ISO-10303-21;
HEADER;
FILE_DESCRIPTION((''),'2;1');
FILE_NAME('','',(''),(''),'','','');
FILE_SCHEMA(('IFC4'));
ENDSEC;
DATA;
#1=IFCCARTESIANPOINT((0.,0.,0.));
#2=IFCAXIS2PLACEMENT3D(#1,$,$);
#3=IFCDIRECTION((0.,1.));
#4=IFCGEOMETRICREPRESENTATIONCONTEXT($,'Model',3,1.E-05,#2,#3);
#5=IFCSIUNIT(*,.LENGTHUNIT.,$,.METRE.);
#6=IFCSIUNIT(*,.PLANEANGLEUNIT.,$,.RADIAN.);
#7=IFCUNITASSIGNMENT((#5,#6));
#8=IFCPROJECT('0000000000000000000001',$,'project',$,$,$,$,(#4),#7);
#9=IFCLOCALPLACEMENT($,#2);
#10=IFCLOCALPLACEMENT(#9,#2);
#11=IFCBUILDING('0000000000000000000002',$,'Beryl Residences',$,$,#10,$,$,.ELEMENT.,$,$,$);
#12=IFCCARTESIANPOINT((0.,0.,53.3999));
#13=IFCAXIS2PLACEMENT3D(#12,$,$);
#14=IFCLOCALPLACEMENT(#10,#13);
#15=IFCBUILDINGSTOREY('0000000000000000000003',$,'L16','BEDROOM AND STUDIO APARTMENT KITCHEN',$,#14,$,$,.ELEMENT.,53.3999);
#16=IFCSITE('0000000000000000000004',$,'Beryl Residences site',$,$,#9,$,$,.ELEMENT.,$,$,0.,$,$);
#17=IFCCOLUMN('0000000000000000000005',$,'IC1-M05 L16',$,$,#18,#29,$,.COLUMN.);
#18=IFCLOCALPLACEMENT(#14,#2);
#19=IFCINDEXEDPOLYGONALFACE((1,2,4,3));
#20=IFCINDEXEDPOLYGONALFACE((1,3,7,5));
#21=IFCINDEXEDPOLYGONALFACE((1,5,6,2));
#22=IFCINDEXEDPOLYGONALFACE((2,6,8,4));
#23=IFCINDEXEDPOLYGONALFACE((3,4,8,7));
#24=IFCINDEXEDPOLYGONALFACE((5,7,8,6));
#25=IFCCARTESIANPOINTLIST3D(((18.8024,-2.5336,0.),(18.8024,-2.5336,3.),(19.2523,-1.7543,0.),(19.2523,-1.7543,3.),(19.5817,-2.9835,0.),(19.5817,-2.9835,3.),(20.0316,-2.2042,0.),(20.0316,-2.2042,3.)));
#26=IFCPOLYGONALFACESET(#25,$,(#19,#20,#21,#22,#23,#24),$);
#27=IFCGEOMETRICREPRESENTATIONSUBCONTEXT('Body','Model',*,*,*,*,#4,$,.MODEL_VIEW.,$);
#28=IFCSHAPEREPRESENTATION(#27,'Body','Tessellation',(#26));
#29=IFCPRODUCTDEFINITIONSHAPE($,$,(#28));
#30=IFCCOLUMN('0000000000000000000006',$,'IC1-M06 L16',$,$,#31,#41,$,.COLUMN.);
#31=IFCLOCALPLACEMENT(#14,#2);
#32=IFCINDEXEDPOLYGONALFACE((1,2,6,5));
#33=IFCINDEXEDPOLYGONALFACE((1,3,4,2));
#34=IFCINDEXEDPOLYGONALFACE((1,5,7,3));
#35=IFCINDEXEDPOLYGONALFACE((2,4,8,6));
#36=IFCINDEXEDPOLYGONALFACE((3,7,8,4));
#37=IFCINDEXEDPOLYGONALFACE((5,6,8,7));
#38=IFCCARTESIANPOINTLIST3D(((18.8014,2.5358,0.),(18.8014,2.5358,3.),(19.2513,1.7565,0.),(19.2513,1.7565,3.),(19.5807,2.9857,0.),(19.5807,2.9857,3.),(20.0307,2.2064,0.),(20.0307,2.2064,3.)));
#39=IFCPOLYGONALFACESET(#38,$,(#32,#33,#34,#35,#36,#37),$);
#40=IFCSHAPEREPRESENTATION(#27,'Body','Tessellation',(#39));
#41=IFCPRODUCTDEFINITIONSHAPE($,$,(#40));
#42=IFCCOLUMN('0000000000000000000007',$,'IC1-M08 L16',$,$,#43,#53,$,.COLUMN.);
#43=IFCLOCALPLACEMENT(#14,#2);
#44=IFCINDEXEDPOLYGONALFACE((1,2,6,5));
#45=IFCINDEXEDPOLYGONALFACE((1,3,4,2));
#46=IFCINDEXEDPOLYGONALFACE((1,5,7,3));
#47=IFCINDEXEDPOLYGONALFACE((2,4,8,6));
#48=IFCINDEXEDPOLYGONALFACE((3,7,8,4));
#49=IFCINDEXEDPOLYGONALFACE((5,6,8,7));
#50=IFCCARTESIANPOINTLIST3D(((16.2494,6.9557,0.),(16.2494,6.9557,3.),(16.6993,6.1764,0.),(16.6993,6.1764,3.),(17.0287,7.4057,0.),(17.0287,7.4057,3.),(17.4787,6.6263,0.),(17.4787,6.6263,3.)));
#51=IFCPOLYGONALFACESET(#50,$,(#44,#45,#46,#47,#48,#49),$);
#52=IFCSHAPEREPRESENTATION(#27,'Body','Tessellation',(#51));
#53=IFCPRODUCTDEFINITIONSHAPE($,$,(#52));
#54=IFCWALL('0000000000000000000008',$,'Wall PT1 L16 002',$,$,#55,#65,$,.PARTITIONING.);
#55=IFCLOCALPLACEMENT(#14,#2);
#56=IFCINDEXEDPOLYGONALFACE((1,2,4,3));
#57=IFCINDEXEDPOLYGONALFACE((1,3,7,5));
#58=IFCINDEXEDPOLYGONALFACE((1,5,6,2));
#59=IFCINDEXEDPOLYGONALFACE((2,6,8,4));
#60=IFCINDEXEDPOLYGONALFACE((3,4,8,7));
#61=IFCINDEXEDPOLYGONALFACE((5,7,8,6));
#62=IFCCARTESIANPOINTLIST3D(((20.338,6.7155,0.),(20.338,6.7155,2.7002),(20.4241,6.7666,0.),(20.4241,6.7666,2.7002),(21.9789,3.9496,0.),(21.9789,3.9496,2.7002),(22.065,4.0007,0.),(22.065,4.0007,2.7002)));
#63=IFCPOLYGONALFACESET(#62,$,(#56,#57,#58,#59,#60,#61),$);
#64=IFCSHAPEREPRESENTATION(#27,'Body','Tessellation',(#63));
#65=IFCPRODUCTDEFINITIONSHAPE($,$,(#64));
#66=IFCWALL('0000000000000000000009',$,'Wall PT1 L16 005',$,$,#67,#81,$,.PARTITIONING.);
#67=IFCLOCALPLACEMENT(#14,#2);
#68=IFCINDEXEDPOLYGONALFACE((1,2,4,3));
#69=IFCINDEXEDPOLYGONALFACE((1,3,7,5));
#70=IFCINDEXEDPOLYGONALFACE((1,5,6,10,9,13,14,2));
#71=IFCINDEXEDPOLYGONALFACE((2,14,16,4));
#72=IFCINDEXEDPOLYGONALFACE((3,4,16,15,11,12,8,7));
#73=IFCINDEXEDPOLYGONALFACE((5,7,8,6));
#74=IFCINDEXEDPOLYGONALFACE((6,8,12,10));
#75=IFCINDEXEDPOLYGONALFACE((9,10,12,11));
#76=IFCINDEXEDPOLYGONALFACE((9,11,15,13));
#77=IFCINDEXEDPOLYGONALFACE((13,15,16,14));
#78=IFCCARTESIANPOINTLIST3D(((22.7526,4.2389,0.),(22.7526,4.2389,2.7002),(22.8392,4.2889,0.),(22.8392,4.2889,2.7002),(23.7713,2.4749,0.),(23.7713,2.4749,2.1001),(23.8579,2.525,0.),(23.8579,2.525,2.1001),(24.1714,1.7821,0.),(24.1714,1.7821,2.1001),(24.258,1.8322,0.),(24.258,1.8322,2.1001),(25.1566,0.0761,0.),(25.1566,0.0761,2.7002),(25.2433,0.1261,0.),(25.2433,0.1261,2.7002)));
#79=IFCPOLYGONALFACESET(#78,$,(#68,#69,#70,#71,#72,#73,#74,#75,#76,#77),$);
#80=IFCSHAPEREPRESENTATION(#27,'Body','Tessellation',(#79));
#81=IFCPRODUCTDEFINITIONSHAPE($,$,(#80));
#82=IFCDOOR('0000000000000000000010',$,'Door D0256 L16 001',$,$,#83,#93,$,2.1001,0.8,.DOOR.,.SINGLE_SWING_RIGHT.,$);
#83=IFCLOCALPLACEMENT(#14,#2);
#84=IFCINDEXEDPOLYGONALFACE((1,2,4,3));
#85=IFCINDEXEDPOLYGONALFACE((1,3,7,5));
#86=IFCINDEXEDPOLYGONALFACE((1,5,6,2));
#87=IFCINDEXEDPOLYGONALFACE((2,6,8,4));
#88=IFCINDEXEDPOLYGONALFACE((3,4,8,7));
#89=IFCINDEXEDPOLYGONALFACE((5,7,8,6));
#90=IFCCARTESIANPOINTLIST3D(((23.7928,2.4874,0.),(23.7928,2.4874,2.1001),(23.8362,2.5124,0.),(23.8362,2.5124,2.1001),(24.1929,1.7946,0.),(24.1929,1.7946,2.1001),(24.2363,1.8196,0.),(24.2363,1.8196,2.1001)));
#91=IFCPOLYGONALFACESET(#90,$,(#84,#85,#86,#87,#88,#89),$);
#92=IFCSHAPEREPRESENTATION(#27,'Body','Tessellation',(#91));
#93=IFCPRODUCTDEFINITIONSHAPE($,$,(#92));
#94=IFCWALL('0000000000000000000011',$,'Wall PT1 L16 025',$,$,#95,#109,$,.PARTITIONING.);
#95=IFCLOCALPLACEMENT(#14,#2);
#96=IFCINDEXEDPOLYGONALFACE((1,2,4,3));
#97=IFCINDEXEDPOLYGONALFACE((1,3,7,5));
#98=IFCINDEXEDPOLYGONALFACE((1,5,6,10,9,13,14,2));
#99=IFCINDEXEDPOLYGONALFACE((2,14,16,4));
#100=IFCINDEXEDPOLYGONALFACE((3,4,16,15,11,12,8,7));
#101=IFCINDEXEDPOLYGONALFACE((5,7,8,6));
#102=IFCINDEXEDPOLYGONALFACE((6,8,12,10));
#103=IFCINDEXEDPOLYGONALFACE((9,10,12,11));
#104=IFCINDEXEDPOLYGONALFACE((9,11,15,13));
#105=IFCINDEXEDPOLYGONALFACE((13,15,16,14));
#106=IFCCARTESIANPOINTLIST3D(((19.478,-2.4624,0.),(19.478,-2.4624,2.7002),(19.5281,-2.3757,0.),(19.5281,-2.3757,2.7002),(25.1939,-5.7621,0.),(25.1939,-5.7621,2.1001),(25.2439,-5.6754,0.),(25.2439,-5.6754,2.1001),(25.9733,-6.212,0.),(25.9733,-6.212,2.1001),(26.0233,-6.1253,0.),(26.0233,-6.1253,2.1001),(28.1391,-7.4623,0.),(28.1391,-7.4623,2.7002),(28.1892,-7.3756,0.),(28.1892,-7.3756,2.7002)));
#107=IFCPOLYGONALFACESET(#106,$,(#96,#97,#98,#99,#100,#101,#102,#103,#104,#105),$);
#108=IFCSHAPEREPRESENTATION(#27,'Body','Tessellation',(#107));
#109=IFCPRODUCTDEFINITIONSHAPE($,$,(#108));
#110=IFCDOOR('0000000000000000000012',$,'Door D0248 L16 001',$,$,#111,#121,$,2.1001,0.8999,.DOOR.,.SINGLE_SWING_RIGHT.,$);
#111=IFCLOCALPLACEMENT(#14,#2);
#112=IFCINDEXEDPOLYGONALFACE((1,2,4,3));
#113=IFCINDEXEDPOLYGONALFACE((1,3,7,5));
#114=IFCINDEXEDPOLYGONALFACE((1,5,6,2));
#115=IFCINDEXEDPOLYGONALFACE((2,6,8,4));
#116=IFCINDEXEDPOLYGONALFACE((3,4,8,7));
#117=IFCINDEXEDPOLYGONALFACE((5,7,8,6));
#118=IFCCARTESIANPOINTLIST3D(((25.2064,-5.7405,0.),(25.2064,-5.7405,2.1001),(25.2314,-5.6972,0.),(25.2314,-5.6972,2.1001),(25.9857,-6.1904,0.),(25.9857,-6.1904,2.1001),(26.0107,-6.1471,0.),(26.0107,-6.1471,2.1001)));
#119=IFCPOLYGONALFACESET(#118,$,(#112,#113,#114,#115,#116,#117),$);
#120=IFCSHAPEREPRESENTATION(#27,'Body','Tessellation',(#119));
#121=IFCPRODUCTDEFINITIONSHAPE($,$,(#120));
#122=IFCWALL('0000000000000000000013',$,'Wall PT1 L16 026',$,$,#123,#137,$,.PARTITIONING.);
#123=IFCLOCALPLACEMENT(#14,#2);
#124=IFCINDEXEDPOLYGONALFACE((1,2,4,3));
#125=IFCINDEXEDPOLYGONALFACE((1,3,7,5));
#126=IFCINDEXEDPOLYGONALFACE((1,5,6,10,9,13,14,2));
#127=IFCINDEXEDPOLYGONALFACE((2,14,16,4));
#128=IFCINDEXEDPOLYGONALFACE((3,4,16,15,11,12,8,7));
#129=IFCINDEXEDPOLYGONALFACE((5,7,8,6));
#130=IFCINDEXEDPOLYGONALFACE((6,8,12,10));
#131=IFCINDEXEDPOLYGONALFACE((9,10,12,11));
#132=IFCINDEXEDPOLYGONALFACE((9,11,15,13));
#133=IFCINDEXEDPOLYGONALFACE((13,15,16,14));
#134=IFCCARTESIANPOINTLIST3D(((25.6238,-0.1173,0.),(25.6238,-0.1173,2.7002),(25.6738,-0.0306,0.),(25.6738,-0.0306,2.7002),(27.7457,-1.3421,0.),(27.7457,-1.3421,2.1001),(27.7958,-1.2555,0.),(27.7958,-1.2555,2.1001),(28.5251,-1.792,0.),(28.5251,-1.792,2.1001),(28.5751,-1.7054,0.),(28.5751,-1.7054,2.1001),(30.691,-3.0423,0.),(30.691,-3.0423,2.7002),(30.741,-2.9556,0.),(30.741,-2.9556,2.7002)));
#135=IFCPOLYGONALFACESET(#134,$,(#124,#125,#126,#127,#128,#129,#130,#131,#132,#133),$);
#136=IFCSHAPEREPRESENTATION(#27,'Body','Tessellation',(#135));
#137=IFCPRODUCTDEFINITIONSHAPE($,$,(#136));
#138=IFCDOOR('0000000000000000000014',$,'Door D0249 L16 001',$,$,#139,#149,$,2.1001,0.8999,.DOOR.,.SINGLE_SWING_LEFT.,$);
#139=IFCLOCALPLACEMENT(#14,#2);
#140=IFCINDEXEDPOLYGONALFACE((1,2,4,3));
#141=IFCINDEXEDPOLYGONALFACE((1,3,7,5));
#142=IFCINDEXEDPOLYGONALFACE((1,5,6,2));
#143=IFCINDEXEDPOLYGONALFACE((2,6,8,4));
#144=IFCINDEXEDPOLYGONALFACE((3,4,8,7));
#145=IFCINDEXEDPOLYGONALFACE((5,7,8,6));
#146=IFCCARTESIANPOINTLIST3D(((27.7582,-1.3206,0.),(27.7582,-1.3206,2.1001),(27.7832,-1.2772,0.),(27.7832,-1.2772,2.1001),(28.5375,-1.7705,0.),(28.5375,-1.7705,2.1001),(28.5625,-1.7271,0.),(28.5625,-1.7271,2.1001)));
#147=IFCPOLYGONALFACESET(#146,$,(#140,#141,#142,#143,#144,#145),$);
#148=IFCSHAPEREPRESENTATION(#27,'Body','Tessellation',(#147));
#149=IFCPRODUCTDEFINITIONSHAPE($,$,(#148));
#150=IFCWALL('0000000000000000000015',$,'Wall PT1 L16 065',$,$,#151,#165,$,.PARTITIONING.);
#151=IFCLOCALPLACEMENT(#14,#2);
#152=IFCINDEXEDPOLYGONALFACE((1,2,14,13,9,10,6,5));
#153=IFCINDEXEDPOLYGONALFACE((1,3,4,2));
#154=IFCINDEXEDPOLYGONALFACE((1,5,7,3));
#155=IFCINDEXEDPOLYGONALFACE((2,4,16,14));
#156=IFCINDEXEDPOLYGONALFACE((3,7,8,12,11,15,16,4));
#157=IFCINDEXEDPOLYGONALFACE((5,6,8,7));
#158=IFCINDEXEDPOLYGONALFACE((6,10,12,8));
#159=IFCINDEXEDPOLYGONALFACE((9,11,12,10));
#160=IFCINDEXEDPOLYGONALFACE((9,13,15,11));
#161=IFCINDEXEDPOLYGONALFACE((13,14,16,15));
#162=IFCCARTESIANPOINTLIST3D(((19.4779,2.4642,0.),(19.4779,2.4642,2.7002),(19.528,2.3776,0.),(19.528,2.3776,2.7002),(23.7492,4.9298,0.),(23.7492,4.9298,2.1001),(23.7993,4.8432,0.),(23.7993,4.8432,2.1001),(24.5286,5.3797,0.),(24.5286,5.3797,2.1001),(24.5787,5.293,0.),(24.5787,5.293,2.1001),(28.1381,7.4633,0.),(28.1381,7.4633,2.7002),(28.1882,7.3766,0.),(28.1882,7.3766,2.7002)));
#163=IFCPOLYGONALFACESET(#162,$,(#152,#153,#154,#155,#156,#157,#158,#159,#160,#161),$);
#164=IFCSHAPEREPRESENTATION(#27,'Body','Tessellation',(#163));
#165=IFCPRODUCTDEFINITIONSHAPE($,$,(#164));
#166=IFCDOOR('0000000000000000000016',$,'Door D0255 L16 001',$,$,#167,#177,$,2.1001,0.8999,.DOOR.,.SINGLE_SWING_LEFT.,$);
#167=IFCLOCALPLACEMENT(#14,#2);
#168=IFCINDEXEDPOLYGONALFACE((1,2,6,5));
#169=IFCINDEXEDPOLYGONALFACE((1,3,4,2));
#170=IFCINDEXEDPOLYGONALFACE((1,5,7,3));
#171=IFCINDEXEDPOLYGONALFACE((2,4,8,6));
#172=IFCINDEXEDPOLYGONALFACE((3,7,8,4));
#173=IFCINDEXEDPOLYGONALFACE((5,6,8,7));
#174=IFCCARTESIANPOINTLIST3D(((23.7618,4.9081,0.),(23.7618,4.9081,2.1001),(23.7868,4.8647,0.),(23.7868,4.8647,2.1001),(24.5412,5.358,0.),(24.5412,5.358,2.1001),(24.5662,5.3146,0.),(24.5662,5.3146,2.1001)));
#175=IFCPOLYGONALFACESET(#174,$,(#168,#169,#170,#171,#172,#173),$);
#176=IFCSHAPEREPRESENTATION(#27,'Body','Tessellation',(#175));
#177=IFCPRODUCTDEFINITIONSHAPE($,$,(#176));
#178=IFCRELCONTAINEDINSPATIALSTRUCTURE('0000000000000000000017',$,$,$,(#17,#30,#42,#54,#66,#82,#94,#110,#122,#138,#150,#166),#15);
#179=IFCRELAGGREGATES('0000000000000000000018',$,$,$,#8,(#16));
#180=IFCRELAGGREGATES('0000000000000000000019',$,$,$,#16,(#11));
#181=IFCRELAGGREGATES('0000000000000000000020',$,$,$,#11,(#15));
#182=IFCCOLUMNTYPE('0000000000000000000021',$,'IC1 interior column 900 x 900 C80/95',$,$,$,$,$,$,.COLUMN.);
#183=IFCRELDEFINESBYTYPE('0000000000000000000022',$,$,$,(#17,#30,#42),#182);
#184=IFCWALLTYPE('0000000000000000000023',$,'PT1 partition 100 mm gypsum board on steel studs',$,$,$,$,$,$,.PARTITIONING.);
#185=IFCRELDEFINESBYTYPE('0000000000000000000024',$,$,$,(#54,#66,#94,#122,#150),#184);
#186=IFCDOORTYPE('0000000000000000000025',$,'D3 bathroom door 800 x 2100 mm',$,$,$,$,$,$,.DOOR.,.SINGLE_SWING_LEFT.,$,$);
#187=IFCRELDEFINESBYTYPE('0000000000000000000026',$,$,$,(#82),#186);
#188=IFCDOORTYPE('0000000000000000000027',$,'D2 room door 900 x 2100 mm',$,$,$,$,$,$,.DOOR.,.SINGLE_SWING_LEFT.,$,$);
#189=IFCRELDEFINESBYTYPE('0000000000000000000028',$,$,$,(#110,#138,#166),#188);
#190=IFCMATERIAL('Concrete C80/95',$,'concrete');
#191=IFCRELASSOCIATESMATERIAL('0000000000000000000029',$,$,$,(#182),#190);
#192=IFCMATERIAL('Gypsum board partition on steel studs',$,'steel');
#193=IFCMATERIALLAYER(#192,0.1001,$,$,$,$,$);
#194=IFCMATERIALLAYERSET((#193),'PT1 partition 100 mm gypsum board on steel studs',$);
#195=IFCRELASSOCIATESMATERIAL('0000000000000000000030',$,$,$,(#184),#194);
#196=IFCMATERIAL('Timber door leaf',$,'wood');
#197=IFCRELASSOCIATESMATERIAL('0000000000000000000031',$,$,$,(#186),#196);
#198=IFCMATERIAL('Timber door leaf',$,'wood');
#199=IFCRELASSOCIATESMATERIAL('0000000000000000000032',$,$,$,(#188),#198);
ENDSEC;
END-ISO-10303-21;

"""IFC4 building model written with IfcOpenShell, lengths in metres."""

from ifc_helpers import new_model, si_unit, direction, frame, frame_2d, origin, origin_2d, place, context, subcontext, project, spatial, rectangle, extrude, material, layer, layer_set, material_profile, profile_set, type_object, element, fill, save


model = new_model("IFC4")

# Units and contexts
model_context = context("Model", 3, precision=1e-05, world=origin(), true_north=direction((0.0, 1.0)))
body_context = subcontext(model_context, "Body", "Model", "MODEL_VIEW")
ifc_project = project(units=[si_unit("LENGTHUNIT", "METRE"), si_unit("PLANEANGLEUNIT", "RADIAN")], contexts=[model_context])

# Site, building, storey
site_placement = place(None, origin())
site = spatial("IfcSite", under=ifc_project, at=site_placement, Name="Beryl Residences site", CompositionType="ELEMENT", RefElevation=0.0)
building_placement = place(site_placement, origin())
building = spatial("IfcBuilding", under=site, at=building_placement, Name="Beryl Residences", CompositionType="ELEMENT")
storey_placement = place(building_placement, frame((0.0, 0.0, 53.3999)))
storey = spatial("IfcBuildingStorey", under=building, at=storey_placement, Name="L16", Description="BEDROOM AND STUDIO APARTMENT KITCHEN", CompositionType="ELEMENT", Elevation=53.3999)

# Columns
ifc_material_1 = material(Name="Concrete C80/95", Category="concrete")
ifc_material_profile = material_profile(ifc_material_1, rectangle(XDim=0.8999, YDim=0.8999, at=origin_2d()))
ifc_profile_set = profile_set([ifc_material_profile], Name="Concrete C80/95")
column_type = type_object("IfcColumnType", Name="IC1 interior column 900 x 900 C80/95", PredefinedType="COLUMN", material=ifc_profile_set)
for number, where, z_axis, x_axis, name in (
    (1, (19.417, -2.3689, 0.0), (0.0, 0.0, 1.0), (0.499985, 0.866034, 0.0), "IC1-M05 L16"),
    (2, (19.416, 2.3711, 0.0), (0.0, 0.0, 1.0), (-0.499985, 0.866034, 0.0), "IC1-M06 L16"),
    (3, (16.864, 6.791, 0.0), (0.0, 0.0, 1.0), (-0.499985, 0.866034, 0.0), "IC1-M08 L16"),
):
    element("IfcColumn", number, at=place(storey_placement, frame(where, z_axis=z_axis, x_axis=x_axis)), inside=storey, type_object=column_type, Name=name, PredefinedType="COLUMN", context=body_context, shape_type="SweptSolid", body=[
        extrude(rectangle(XDim=0.8999, YDim=0.8999, at=origin_2d()), origin(), (0.0, 0.0, 1.0), 3.0),
    ])

# Wall
ifc_material_2 = material(Name="Gypsum board partition on steel studs", Category="steel")
ifc_layer_1 = layer(ifc_material_2, 0.1001)
ifc_layer_set_1 = layer_set([ifc_layer_1], Name="PT1 partition 100 mm gypsum board on steel studs")
wall_type_1 = type_object("IfcWallType", Name="PT1 partition 100 mm gypsum board on steel studs", PredefinedType="PARTITIONING", material=ifc_layer_set_1)
wall_1_placement = place(storey_placement, frame((20.3811, 6.741, 0.0), z_axis=(0.0, 0.0, 1.0), x_axis=(0.510225, -0.860041, 0.0)))
element("IfcWall", 4, at=wall_1_placement, inside=storey, type_object=wall_type_1, Name="Wall PT1 L16 002", PredefinedType="PARTITIONING", context=body_context, shape_type="SweptSolid", body=[
    extrude(rectangle(XDim=3.2161, YDim=0.1001, at=frame_2d((1.6079, 0.0))), origin(), (0.0, 0.0, 1.0), 2.7002),
])

# Walls, openings, doors
wall_2_placement = place(storey_placement, frame((22.7959, 4.2639, 0.0), z_axis=(0.0, 0.0, 1.0), x_axis=(0.500099, -0.865968, 0.0)))
wall_2 = element("IfcWall", 5, at=wall_2_placement, inside=storey, type_object=wall_type_1, Name="Wall PT1 L16 005", PredefinedType="PARTITIONING", context=body_context, shape_type="SweptSolid", body=[
    extrude(rectangle(XDim=4.8071, YDim=0.1001, at=frame_2d((2.4036, 0.0))), origin(), (0.0, 0.0, 1.0), 2.7002),
])
opening_1_placement = place(wall_2_placement, frame((2.0371, 0.0, 0.0)))
opening_1 = element("IfcOpeningElement", 6, at=opening_1_placement, cuts=wall_2, PredefinedType="OPENING", context=body_context, shape_type="SweptSolid", body=[
    extrude(rectangle(XDim=0.8, YDim=2.1001, at=frame_2d((0.3999, 1.05))), frame((0.0, 0.0601, 0.0), z_axis=(0.0, -1.0, 0.0), x_axis=(1.0, 0.0, 0.0)), (0.0, 0.0, 1.0), 0.1201),
])
ifc_material_3 = material(Name="Timber door leaf", Category="wood")
door_type_1 = type_object("IfcDoorType", Name="D3 bathroom door 800 x 2100 mm", OperationType="SINGLE_SWING_LEFT", PredefinedType="DOOR", material=ifc_material_3)
door_1_placement = place(opening_1_placement, origin())
door_1 = element("IfcDoor", 7, at=door_1_placement, inside=storey, type_object=door_type_1, Name="Door D0256 L16 001", OperationType="SINGLE_SWING_RIGHT", OverallHeight=2.1001, OverallWidth=0.8, PredefinedType="DOOR", context=body_context, shape_type="SweptSolid", body=[
    extrude(rectangle(XDim=0.8, YDim=2.1001, at=frame_2d((0.3999, 1.05))), frame((0.0, 0.0249, 0.0), z_axis=(0.0, -1.0, 0.0), x_axis=(1.0, 0.0, 0.0)), (0.0, 0.0, 1.0), 0.05),
])
fill(opening_1, door_1)
wall_3_placement = place(storey_placement, frame((19.5029, -2.4189, 0.0), z_axis=(0.0, 0.0, 1.0), x_axis=(0.866047, -0.499962, 0.0)))
wall_3 = element("IfcWall", 8, at=wall_3_placement, inside=storey, type_object=wall_type_1, Name="Wall PT1 L16 025", PredefinedType="PARTITIONING", context=body_context, shape_type="SweptSolid", body=[
    extrude(rectangle(XDim=10.0007, YDim=0.1001, at=frame_2d((5.0005, 0.0))), origin(), (0.0, 0.0, 1.0), 2.7002),
])
opening_2_placement = place(wall_3_placement, frame((6.6001, 0.0, 0.0)))
opening_2 = element("IfcOpeningElement", 9, at=opening_2_placement, cuts=wall_3, PredefinedType="OPENING", context=body_context, shape_type="SweptSolid", body=[
    extrude(rectangle(XDim=0.8999, YDim=2.1001, at=frame_2d((0.45, 1.05))), frame((0.0, 0.0601, 0.0), z_axis=(0.0, -1.0, 0.0), x_axis=(1.0, 0.0, 0.0)), (0.0, 0.0, 1.0), 0.1201),
])
ifc_material_4 = material(Name="Timber door leaf", Category="wood")
door_type_2 = type_object("IfcDoorType", Name="D2 room door 900 x 2100 mm", OperationType="SINGLE_SWING_LEFT", PredefinedType="DOOR", material=ifc_material_4)
door_2_placement = place(opening_2_placement, origin())
door_2 = element("IfcDoor", 10, at=door_2_placement, inside=storey, type_object=door_type_2, Name="Door D0248 L16 001", OperationType="SINGLE_SWING_RIGHT", OverallHeight=2.1001, OverallWidth=0.8999, PredefinedType="DOOR", context=body_context, shape_type="SweptSolid", body=[
    extrude(rectangle(XDim=0.8999, YDim=2.1001, at=frame_2d((0.45, 1.05))), frame((0.0, 0.0249, 0.0), z_axis=(0.0, -1.0, 0.0), x_axis=(1.0, 0.0, 0.0)), (0.0, 0.0, 1.0), 0.05),
])
fill(opening_2, door_2)
wall_4_placement = place(storey_placement, frame((25.6489, -0.074, 0.0), z_axis=(0.0, 0.0, 1.0), x_axis=(0.86606, -0.49994, 0.0)))
wall_4 = element("IfcWall", 11, at=wall_4_placement, inside=storey, type_object=wall_type_1, Name="Wall PT1 L16 026", PredefinedType="PARTITIONING", context=body_context, shape_type="SweptSolid", body=[
    extrude(rectangle(XDim=5.8508, YDim=0.1001, at=frame_2d((2.9253, 0.0))), origin(), (0.0, 0.0, 1.0), 2.7002),
])
opening_3_placement = place(wall_4_placement, frame((2.45, 0.0, 0.0)))
opening_3 = element("IfcOpeningElement", 12, at=opening_3_placement, cuts=wall_4, PredefinedType="OPENING", context=body_context, shape_type="SweptSolid", body=[
    extrude(rectangle(XDim=0.8999, YDim=2.1001, at=frame_2d((0.45, 1.05))), frame((0.0, 0.0601, 0.0), z_axis=(0.0, -1.0, 0.0), x_axis=(1.0, 0.0, 0.0)), (0.0, 0.0, 1.0), 0.1201),
])
door_3_placement = place(opening_3_placement, origin())
door_3 = element("IfcDoor", 13, at=door_3_placement, inside=storey, type_object=door_type_2, Name="Door D0249 L16 001", OperationType="SINGLE_SWING_LEFT", OverallHeight=2.1001, OverallWidth=0.8999, PredefinedType="DOOR", context=body_context, shape_type="SweptSolid", body=[
    extrude(rectangle(XDim=0.8999, YDim=2.1001, at=frame_2d((0.45, 1.05))), frame((0.0, 0.0249, 0.0), z_axis=(0.0, -1.0, 0.0), x_axis=(1.0, 0.0, 0.0)), (0.0, 0.0, 1.0), 0.05),
])
fill(opening_3, door_3)
wall_5_placement = place(storey_placement, frame((19.5029, 2.4209, 0.0), z_axis=(0.0, 0.0, 1.0), x_axis=(0.866065, 0.499931, 0.0)))
wall_5 = element("IfcWall", 14, at=wall_5_placement, inside=storey, type_object=wall_type_1, Name="Wall PT1 L16 065", PredefinedType="PARTITIONING", context=body_context, shape_type="SweptSolid", body=[
    extrude(rectangle(XDim=9.9995, YDim=0.1001, at=frame_2d((4.9998, 0.0))), origin(), (0.0, 0.0, 1.0), 2.7002),
])
opening_4_placement = place(wall_5_placement, frame((4.9319, 0.0, 0.0)))
opening_4 = element("IfcOpeningElement", 15, at=opening_4_placement, cuts=wall_5, PredefinedType="OPENING", context=body_context, shape_type="SweptSolid", body=[
    extrude(rectangle(XDim=0.8999, YDim=2.1001, at=frame_2d((0.45, 1.05))), frame((0.0, 0.0601, 0.0), z_axis=(0.0, -1.0, 0.0), x_axis=(1.0, 0.0, 0.0)), (0.0, 0.0, 1.0), 0.1201),
])
door_4_placement = place(opening_4_placement, origin())
door_4 = element("IfcDoor", 16, at=door_4_placement, inside=storey, type_object=door_type_2, Name="Door D0255 L16 001", OperationType="SINGLE_SWING_LEFT", OverallHeight=2.1001, OverallWidth=0.8999, PredefinedType="DOOR", context=body_context, shape_type="SweptSolid", body=[
    extrude(rectangle(XDim=0.8999, YDim=2.1001, at=frame_2d((0.45, 1.05))), frame((0.0, 0.0249, 0.0), z_axis=(0.0, -1.0, 0.0), x_axis=(1.0, 0.0, 0.0)), (0.0, 0.0, 1.0), 0.05),
])
fill(opening_4, door_4)

save(model, "model.ifc")
